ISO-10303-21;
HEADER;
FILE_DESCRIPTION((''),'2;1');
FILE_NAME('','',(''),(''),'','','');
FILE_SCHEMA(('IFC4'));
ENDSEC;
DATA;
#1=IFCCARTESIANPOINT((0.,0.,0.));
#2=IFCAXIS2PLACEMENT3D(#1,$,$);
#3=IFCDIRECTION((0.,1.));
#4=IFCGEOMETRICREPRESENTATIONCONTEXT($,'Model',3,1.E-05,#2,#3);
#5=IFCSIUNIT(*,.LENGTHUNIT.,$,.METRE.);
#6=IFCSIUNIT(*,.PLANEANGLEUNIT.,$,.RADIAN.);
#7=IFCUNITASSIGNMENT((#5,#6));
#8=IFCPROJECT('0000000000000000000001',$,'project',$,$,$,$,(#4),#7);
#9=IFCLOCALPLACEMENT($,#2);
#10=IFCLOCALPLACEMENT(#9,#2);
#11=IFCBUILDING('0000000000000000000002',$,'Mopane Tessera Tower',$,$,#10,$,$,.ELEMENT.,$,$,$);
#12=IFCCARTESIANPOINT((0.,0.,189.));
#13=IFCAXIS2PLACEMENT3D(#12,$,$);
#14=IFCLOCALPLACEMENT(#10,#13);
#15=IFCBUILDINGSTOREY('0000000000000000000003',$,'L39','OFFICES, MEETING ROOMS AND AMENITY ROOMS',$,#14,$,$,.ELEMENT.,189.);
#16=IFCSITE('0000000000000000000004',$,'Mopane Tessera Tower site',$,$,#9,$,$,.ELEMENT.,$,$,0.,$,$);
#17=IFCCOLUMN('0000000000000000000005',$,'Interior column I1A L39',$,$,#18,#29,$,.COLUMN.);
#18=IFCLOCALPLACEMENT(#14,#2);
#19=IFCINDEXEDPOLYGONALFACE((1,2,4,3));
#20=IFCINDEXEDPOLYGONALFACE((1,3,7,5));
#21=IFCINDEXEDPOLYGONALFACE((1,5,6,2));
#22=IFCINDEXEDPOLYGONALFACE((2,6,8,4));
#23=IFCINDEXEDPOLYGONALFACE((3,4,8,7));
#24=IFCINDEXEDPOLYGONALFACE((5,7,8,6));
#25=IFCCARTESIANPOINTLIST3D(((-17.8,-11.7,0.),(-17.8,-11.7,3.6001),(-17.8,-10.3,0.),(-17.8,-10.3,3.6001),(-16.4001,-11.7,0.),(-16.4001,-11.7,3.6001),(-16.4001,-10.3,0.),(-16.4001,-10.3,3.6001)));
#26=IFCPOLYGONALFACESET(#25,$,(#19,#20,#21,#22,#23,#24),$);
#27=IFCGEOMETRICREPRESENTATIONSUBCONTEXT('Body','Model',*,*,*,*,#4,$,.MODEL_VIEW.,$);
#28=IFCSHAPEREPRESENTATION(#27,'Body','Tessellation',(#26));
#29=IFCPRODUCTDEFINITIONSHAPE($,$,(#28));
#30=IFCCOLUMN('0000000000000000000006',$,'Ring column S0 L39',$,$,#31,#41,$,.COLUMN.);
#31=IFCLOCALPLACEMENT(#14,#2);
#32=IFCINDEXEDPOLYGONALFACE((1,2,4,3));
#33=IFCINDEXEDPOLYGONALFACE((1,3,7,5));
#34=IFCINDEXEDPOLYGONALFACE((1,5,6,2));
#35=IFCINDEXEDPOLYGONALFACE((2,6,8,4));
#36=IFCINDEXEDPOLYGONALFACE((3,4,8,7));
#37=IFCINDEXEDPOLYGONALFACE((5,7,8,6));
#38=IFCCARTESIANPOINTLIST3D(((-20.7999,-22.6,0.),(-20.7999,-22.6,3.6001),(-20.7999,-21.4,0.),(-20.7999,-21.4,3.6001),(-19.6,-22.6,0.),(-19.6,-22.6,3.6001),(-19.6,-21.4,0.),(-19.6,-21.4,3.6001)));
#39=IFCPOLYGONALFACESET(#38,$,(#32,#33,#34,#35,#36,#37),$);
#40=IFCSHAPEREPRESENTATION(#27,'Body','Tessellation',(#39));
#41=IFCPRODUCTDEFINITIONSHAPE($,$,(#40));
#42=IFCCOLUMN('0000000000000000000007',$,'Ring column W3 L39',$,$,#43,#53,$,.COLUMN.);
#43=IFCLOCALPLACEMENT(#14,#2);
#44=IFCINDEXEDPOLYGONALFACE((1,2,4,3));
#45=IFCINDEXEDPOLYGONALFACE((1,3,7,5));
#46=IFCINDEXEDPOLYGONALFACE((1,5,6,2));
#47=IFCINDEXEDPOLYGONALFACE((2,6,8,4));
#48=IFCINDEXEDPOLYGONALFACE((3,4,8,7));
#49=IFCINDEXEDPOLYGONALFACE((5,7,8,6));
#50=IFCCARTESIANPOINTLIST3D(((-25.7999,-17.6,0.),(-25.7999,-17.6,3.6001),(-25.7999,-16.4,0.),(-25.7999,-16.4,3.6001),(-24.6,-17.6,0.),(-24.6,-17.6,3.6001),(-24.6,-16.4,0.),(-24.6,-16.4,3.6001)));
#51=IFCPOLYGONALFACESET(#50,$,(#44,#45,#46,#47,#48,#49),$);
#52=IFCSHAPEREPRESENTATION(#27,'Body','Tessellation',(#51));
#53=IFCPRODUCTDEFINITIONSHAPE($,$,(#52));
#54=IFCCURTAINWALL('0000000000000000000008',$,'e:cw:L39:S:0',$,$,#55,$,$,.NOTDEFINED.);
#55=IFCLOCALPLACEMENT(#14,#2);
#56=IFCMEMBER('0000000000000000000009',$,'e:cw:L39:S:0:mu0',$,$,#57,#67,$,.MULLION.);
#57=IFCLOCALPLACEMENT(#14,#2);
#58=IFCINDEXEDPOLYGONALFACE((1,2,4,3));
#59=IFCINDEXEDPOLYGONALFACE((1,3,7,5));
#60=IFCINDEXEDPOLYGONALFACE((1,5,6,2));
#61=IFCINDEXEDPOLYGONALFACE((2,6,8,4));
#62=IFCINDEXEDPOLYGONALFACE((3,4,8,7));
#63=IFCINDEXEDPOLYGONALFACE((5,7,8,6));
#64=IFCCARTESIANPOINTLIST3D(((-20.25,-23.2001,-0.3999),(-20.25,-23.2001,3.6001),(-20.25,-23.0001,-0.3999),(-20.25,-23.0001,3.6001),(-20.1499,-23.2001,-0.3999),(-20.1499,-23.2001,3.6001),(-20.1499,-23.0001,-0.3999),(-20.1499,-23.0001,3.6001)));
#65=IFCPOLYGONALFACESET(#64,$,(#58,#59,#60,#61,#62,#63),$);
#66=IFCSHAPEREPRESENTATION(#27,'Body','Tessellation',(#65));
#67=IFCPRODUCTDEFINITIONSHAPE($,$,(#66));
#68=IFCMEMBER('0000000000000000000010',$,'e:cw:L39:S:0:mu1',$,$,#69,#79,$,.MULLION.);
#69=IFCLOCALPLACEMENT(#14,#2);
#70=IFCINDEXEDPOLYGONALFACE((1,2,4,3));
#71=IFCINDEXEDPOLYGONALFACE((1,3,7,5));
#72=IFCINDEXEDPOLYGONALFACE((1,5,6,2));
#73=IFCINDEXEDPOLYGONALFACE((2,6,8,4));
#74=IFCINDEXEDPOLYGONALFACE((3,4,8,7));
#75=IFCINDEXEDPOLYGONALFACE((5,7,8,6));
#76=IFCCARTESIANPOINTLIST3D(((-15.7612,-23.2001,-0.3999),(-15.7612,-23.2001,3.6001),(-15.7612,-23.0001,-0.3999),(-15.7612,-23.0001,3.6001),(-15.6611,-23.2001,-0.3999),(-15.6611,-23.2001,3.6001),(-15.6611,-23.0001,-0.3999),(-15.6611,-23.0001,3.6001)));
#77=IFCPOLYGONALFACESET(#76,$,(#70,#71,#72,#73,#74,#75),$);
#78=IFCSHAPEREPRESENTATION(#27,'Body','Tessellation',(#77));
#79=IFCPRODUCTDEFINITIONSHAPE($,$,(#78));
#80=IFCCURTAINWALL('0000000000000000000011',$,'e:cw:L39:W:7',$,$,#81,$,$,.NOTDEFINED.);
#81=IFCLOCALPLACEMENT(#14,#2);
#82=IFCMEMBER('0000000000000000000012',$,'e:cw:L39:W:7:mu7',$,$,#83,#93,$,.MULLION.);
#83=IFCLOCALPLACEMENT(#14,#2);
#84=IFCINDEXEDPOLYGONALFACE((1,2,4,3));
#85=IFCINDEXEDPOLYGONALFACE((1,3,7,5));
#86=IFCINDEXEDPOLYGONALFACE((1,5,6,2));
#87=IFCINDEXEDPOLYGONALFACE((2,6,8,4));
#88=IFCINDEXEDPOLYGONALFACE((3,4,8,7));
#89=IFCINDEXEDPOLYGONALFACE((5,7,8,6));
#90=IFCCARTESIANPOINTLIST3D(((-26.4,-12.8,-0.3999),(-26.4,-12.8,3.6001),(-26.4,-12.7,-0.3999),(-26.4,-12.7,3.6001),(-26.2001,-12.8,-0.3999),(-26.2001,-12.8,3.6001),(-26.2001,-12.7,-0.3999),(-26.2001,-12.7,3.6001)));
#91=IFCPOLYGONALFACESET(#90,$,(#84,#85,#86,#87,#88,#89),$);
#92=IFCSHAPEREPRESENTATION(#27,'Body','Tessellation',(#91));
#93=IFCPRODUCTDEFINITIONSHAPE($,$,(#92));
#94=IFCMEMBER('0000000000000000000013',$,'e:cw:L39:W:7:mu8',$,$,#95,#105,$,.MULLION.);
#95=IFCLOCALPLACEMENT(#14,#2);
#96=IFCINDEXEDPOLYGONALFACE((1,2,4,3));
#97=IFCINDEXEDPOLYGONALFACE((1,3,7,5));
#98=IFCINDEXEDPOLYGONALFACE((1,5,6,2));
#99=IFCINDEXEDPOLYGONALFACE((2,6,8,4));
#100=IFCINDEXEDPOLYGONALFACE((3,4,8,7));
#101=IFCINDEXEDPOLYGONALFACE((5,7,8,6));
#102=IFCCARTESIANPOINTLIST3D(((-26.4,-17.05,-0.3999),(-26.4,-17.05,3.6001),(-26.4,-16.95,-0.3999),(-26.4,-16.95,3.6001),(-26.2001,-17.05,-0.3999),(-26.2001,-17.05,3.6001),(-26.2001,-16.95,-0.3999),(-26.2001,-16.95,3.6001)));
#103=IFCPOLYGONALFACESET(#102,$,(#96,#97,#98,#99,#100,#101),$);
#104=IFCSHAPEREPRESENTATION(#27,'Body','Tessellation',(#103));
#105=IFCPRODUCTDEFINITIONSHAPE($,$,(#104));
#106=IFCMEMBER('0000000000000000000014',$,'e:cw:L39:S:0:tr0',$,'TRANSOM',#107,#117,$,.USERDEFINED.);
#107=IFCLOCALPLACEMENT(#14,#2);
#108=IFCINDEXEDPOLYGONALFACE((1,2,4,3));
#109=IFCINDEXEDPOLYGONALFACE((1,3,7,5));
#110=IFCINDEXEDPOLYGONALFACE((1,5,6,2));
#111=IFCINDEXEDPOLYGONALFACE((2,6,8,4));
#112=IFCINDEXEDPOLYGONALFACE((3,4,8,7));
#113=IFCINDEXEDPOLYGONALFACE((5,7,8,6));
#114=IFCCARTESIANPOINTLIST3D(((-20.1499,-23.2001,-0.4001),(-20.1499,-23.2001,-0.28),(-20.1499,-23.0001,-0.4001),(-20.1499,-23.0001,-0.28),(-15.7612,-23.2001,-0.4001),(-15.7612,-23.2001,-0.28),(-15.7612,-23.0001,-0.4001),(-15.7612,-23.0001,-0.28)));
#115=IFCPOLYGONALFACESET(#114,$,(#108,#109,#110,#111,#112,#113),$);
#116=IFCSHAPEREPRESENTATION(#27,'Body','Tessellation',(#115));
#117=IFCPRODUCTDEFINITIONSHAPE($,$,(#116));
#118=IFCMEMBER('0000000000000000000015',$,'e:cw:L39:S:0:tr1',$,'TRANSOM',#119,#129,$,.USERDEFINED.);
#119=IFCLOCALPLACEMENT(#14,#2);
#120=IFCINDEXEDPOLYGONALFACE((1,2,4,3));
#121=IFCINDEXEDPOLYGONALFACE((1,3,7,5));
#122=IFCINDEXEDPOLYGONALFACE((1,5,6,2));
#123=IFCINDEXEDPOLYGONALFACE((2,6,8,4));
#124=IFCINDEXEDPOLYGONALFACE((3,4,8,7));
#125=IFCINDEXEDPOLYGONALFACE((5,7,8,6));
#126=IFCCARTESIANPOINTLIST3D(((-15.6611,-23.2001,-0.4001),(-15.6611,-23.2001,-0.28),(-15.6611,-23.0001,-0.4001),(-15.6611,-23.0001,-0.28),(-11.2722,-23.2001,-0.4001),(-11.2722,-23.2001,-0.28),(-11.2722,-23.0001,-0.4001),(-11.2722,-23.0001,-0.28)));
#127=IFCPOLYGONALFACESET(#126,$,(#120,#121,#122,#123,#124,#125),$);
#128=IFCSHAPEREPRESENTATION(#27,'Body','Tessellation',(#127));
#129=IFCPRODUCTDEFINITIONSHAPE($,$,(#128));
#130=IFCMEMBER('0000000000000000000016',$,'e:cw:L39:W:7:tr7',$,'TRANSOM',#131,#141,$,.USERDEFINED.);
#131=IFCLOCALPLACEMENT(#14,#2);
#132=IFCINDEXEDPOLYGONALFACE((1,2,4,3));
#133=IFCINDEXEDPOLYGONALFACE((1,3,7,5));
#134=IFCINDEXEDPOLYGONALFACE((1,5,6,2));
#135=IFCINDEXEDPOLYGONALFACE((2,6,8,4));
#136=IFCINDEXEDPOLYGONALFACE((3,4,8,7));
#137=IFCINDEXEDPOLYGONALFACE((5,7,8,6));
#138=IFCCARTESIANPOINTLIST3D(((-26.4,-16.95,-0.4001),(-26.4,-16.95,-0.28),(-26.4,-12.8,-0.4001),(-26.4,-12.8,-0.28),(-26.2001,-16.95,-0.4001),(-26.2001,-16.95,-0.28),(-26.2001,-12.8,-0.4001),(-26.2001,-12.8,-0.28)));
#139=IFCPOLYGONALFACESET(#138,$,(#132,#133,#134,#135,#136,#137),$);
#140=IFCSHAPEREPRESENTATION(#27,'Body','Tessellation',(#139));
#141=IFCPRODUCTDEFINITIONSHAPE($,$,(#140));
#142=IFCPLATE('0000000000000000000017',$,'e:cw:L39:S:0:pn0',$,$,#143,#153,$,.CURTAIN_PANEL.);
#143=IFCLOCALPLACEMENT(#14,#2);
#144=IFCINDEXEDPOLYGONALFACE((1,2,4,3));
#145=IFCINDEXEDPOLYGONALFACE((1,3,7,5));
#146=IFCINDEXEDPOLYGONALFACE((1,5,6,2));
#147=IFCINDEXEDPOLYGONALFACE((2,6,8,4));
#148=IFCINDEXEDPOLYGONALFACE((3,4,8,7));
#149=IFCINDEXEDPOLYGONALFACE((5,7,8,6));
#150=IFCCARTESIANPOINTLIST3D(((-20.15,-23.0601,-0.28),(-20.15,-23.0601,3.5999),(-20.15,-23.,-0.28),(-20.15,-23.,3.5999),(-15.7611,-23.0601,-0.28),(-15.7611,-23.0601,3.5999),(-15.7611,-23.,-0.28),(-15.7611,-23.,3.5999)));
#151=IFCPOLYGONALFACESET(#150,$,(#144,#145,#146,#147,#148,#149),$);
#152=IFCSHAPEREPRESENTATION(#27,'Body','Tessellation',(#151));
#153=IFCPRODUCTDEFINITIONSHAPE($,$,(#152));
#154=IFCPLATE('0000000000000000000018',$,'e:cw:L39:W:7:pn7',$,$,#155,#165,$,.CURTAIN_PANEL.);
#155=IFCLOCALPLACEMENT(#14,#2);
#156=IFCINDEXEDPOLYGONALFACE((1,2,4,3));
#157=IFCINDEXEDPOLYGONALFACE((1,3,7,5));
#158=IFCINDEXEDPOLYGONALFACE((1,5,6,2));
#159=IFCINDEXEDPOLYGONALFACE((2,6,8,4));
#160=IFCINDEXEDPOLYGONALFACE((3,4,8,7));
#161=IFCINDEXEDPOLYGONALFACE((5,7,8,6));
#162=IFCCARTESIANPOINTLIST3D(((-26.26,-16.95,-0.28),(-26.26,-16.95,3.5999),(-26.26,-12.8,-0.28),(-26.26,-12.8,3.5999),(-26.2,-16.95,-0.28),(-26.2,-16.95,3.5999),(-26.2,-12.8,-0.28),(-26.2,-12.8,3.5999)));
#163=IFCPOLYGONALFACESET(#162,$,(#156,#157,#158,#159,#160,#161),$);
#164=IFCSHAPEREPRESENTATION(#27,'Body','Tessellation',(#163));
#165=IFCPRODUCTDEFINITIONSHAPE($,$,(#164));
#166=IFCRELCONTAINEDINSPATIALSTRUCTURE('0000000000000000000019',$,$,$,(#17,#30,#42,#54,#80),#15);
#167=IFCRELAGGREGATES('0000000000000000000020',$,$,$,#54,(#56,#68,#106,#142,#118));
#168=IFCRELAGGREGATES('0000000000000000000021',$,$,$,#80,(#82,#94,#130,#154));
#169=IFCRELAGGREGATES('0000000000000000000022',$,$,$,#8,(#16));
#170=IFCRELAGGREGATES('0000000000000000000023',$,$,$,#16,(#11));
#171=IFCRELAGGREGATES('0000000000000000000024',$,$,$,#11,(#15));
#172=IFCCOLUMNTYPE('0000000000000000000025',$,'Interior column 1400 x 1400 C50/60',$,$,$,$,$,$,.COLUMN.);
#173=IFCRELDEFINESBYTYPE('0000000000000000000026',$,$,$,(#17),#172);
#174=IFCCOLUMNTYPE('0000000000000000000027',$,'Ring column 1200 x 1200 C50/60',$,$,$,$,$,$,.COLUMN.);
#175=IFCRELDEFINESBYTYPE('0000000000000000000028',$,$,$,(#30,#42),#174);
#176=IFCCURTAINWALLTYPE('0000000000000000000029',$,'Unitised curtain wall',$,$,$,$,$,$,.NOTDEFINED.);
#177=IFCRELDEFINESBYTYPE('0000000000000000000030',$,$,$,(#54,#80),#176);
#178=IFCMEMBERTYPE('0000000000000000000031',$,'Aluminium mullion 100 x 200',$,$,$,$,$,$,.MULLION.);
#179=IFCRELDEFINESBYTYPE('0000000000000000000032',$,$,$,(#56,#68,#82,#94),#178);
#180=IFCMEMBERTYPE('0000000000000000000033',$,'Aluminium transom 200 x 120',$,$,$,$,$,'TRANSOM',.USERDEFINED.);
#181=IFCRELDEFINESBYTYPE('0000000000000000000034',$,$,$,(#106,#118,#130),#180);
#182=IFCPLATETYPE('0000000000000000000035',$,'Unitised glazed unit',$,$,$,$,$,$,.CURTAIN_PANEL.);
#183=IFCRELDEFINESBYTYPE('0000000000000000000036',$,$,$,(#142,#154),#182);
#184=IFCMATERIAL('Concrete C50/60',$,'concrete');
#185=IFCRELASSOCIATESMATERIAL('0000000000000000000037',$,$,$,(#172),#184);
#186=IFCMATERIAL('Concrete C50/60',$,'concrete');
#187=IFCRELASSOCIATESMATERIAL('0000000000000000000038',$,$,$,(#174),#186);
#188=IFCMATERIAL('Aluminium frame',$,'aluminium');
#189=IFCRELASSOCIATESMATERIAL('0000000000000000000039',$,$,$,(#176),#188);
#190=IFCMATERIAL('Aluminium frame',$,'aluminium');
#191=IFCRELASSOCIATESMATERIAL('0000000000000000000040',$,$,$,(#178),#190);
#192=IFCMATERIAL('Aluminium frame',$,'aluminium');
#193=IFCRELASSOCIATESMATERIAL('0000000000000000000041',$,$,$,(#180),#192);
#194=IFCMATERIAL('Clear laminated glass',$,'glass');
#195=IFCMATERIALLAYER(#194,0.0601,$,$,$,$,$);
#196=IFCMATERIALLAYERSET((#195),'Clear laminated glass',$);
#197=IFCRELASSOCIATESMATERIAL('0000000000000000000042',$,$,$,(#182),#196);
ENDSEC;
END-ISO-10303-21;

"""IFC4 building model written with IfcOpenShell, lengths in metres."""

from ifc_helpers import new_model, si_unit, direction, frame, origin, origin_2d, place, context, subcontext, project, spatial, rectangle, extrude, material, layer, layer_set, material_profile, profile_set, type_object, element, aggregate, save


model = new_model("IFC4")

# Units and contexts
model_context = context("Model", 3, precision=1e-05, world=origin(), true_north=direction((0.0, 1.0)))
body_context = subcontext(model_context, "Body", "Model", "MODEL_VIEW")
ifc_project = project(units=[si_unit("LENGTHUNIT", "METRE"), si_unit("PLANEANGLEUNIT", "RADIAN")], contexts=[model_context])

# Site, building, storey
site_placement = place(None, origin())
site = spatial("IfcSite", under=ifc_project, at=site_placement, Name="Mopane Tessera Tower site", CompositionType="ELEMENT", RefElevation=0.0)
building_placement = place(site_placement, origin())
building = spatial("IfcBuilding", under=site, at=building_placement, Name="Mopane Tessera Tower", CompositionType="ELEMENT")
storey_placement = place(building_placement, frame((0.0, 0.0, 189.0)))
storey = spatial("IfcBuildingStorey", under=building, at=storey_placement, Name="L39", Description="OFFICES, MEETING ROOMS AND AMENITY ROOMS", CompositionType="ELEMENT", Elevation=189.0)

# Columns
ifc_material_1 = material(Name="Concrete C50/60", Category="concrete")
ifc_material_profile_1 = material_profile(ifc_material_1, rectangle(XDim=1.3999, YDim=1.3999, at=origin_2d()))
ifc_profile_set_1 = profile_set([ifc_material_profile_1], Name="Concrete C50/60")
column_type_1 = type_object("IfcColumnType", Name="Interior column 1400 x 1400 C50/60", PredefinedType="COLUMN", material=ifc_profile_set_1)
column_placement = place(storey_placement, frame((-17.1001, -11.0, 0.0), z_axis=(0.0, 0.0, 1.0), x_axis=(1.0, 0.0, 0.0)))
element("IfcColumn", 1, at=column_placement, inside=storey, type_object=column_type_1, Name="Interior column I1A L39", PredefinedType="COLUMN", context=body_context, shape_type="SweptSolid", body=[
    extrude(rectangle(XDim=1.3999, YDim=1.3999, at=origin_2d()), origin(), (0.0, 0.0, 1.0), 3.6001),
])
ifc_material_2 = material(Name="Concrete C50/60", Category="concrete")
ifc_material_profile_2 = material_profile(ifc_material_2, rectangle(XDim=1.2, YDim=1.2, at=origin_2d()))
ifc_profile_set_2 = profile_set([ifc_material_profile_2], Name="Concrete C50/60")
column_type_2 = type_object("IfcColumnType", Name="Ring column 1200 x 1200 C50/60", PredefinedType="COLUMN", material=ifc_profile_set_2)
for number, where, z_axis, x_axis, name in (
    (2, (-20.2, -22.0, 0.0), (0.0, 0.0, 1.0), (1.0, 0.0, 0.0), "Ring column S0 L39"),
    (3, (-25.2, -17.0, 0.0), (0.0, 0.0, 1.0), (1.0, 0.0, 0.0), "Ring column W3 L39"),
):
    element("IfcColumn", number, at=place(storey_placement, frame(where, z_axis=z_axis, x_axis=x_axis)), inside=storey, type_object=column_type_2, Name=name, PredefinedType="COLUMN", context=body_context, shape_type="SweptSolid", body=[
        extrude(rectangle(XDim=1.2, YDim=1.2, at=origin_2d()), origin(), (0.0, 0.0, 1.0), 3.6001),
    ])

# Curtain walls, members
ifc_material_3 = material(Name="Aluminium frame", Category="aluminium")
curtain_wall_type = type_object("IfcCurtainWallType", Name="Unitised curtain wall", PredefinedType="NOTDEFINED", material=ifc_material_3)
curtain_wall_1_placement = place(storey_placement, origin())
curtain_wall_1 = element("IfcCurtainWall", 4, at=curtain_wall_1_placement, inside=storey, type_object=curtain_wall_type, Name="e:cw:L39:S:0", PredefinedType="NOTDEFINED")
ifc_material_4 = material(Name="Aluminium frame", Category="aluminium")
ifc_material_profile_3 = material_profile(ifc_material_4, rectangle(XDim=0.1001, YDim=0.2, at=origin_2d()))
ifc_profile_set_3 = profile_set([ifc_material_profile_3], Name="Aluminium frame")
member_type_1 = type_object("IfcMemberType", Name="Aluminium mullion 100 x 200", PredefinedType="MULLION", material=ifc_profile_set_3)
member_1_placement = place(storey_placement, frame((-20.2, -23.1001, -0.3999), z_axis=(0.0, 0.0, 1.0), x_axis=(1.0, 0.0, 0.0)))
member_1 = element("IfcMember", 5, at=member_1_placement, type_object=member_type_1, Name="e:cw:L39:S:0:mu0", PredefinedType="MULLION", context=body_context, shape_type="SweptSolid", body=[
    extrude(rectangle(XDim=0.1001, YDim=0.2, at=origin_2d()), origin(), (0.0, 0.0, 1.0), 4.0),
])
member_2_placement = place(storey_placement, frame((-15.7112, -23.1001, -0.3999), z_axis=(0.0, 0.0, 1.0), x_axis=(1.0, 0.0, 0.0)))
member_2 = element("IfcMember", 6, at=member_2_placement, type_object=member_type_1, Name="e:cw:L39:S:0:mu1", PredefinedType="MULLION", context=body_context, shape_type="SweptSolid", body=[
    extrude(rectangle(XDim=0.1001, YDim=0.2, at=origin_2d()), origin(), (0.0, 0.0, 1.0), 4.0),
])
curtain_wall_2_placement = place(storey_placement, origin())
curtain_wall_2 = element("IfcCurtainWall", 7, at=curtain_wall_2_placement, inside=storey, type_object=curtain_wall_type, Name="e:cw:L39:W:7", PredefinedType="NOTDEFINED")
member_3_placement = place(storey_placement, frame((-26.3, -12.75, -0.3999), z_axis=(0.0, 0.0, 1.0), x_axis=(0.0, -1.0, 0.0)))
member_3 = element("IfcMember", 8, at=member_3_placement, type_object=member_type_1, Name="e:cw:L39:W:7:mu7", PredefinedType="MULLION", context=body_context, shape_type="SweptSolid", body=[
    extrude(rectangle(XDim=0.1001, YDim=0.2, at=origin_2d()), origin(), (0.0, 0.0, 1.0), 4.0),
])
member_4_placement = place(storey_placement, frame((-26.3, -17.0, -0.3999), z_axis=(0.0, 0.0, 1.0), x_axis=(0.0, -1.0, 0.0)))
member_4 = element("IfcMember", 9, at=member_4_placement, type_object=member_type_1, Name="e:cw:L39:W:7:mu8", PredefinedType="MULLION", context=body_context, shape_type="SweptSolid", body=[
    extrude(rectangle(XDim=0.1001, YDim=0.2, at=origin_2d()), origin(), (0.0, 0.0, 1.0), 4.0),
])

# Members
ifc_material_5 = material(Name="Aluminium frame", Category="aluminium")
ifc_material_profile_4 = material_profile(ifc_material_5, rectangle(XDim=0.2, YDim=0.1201, at=origin_2d()))
ifc_profile_set_4 = profile_set([ifc_material_profile_4], Name="Aluminium frame")
member_type_2 = type_object("IfcMemberType", Name="Aluminium transom 200 x 120", ElementType="TRANSOM", PredefinedType="USERDEFINED", material=ifc_profile_set_4)
member_5_placement = place(storey_placement, frame((-20.1499, -23.1001, -0.3401), z_axis=(1.0, 0.0, 0.0), x_axis=(0.0, 1.0, 0.0)))
member_5 = element("IfcMember", 10, at=member_5_placement, type_object=member_type_2, Name="e:cw:L39:S:0:tr0", ObjectType="TRANSOM", PredefinedType="USERDEFINED", context=body_context, shape_type="SweptSolid", body=[
    extrude(rectangle(XDim=0.2, YDim=0.1201, at=origin_2d()), origin(), (0.0, 0.0, 1.0), 4.3887),
])
member_6_placement = place(storey_placement, frame((-15.6611, -23.1001, -0.3401), z_axis=(1.0, 0.0, 0.0), x_axis=(0.0, 1.0, 0.0)))
member_6 = element("IfcMember", 11, at=member_6_placement, type_object=member_type_2, Name="e:cw:L39:S:0:tr1", ObjectType="TRANSOM", PredefinedType="USERDEFINED", context=body_context, shape_type="SweptSolid", body=[
    extrude(rectangle(XDim=0.2, YDim=0.1201, at=origin_2d()), origin(), (0.0, 0.0, 1.0), 4.3889),
])
member_7_placement = place(storey_placement, frame((-26.3, -12.8, -0.3401), z_axis=(0.0, -1.0, 0.0), x_axis=(1.0, 0.0, 0.0)))
member_7 = element("IfcMember", 12, at=member_7_placement, type_object=member_type_2, Name="e:cw:L39:W:7:tr7", ObjectType="TRANSOM", PredefinedType="USERDEFINED", context=body_context, shape_type="SweptSolid", body=[
    extrude(rectangle(XDim=0.2, YDim=0.1201, at=origin_2d()), origin(), (0.0, 0.0, 1.0), 4.1499),
])

# Plates
ifc_material_6 = material(Name="Clear laminated glass", Category="glass")
ifc_layer_1 = layer(ifc_material_6, 0.0601)
ifc_layer_set_1 = layer_set([ifc_layer_1], Name="Clear laminated glass")
plate_type = type_object("IfcPlateType", Name="Unitised glazed unit", PredefinedType="CURTAIN_PANEL", material=ifc_layer_set_1)
plate_1_placement = place(storey_placement, frame((-17.9556, -23.03, -0.28), z_axis=(0.0, 0.0, 1.0), x_axis=(1.0, 0.0, 0.0)))
plate_1 = element("IfcPlate", 13, at=plate_1_placement, type_object=plate_type, Name="e:cw:L39:S:0:pn0", PredefinedType="CURTAIN_PANEL", context=body_context, shape_type="SweptSolid", body=[
    extrude(rectangle(XDim=4.3889, YDim=0.0601, at=origin_2d()), origin(), (0.0, 0.0, 1.0), 3.8799),
])
aggregate(curtain_wall_1, [member_1, member_2, member_5, plate_1, member_6])
plate_2_placement = place(storey_placement, frame((-26.23, -14.875, -0.28), z_axis=(0.0, 0.0, 1.0), x_axis=(0.0, -1.0, 0.0)))
plate_2 = element("IfcPlate", 14, at=plate_2_placement, type_object=plate_type, Name="e:cw:L39:W:7:pn7", PredefinedType="CURTAIN_PANEL", context=body_context, shape_type="SweptSolid", body=[
    extrude(rectangle(XDim=4.1499, YDim=0.0601, at=origin_2d()), origin(), (0.0, 0.0, 1.0), 3.8799),
])
aggregate(curtain_wall_2, [member_3, member_4, member_7, plate_2])

save(model, "model.ifc")
